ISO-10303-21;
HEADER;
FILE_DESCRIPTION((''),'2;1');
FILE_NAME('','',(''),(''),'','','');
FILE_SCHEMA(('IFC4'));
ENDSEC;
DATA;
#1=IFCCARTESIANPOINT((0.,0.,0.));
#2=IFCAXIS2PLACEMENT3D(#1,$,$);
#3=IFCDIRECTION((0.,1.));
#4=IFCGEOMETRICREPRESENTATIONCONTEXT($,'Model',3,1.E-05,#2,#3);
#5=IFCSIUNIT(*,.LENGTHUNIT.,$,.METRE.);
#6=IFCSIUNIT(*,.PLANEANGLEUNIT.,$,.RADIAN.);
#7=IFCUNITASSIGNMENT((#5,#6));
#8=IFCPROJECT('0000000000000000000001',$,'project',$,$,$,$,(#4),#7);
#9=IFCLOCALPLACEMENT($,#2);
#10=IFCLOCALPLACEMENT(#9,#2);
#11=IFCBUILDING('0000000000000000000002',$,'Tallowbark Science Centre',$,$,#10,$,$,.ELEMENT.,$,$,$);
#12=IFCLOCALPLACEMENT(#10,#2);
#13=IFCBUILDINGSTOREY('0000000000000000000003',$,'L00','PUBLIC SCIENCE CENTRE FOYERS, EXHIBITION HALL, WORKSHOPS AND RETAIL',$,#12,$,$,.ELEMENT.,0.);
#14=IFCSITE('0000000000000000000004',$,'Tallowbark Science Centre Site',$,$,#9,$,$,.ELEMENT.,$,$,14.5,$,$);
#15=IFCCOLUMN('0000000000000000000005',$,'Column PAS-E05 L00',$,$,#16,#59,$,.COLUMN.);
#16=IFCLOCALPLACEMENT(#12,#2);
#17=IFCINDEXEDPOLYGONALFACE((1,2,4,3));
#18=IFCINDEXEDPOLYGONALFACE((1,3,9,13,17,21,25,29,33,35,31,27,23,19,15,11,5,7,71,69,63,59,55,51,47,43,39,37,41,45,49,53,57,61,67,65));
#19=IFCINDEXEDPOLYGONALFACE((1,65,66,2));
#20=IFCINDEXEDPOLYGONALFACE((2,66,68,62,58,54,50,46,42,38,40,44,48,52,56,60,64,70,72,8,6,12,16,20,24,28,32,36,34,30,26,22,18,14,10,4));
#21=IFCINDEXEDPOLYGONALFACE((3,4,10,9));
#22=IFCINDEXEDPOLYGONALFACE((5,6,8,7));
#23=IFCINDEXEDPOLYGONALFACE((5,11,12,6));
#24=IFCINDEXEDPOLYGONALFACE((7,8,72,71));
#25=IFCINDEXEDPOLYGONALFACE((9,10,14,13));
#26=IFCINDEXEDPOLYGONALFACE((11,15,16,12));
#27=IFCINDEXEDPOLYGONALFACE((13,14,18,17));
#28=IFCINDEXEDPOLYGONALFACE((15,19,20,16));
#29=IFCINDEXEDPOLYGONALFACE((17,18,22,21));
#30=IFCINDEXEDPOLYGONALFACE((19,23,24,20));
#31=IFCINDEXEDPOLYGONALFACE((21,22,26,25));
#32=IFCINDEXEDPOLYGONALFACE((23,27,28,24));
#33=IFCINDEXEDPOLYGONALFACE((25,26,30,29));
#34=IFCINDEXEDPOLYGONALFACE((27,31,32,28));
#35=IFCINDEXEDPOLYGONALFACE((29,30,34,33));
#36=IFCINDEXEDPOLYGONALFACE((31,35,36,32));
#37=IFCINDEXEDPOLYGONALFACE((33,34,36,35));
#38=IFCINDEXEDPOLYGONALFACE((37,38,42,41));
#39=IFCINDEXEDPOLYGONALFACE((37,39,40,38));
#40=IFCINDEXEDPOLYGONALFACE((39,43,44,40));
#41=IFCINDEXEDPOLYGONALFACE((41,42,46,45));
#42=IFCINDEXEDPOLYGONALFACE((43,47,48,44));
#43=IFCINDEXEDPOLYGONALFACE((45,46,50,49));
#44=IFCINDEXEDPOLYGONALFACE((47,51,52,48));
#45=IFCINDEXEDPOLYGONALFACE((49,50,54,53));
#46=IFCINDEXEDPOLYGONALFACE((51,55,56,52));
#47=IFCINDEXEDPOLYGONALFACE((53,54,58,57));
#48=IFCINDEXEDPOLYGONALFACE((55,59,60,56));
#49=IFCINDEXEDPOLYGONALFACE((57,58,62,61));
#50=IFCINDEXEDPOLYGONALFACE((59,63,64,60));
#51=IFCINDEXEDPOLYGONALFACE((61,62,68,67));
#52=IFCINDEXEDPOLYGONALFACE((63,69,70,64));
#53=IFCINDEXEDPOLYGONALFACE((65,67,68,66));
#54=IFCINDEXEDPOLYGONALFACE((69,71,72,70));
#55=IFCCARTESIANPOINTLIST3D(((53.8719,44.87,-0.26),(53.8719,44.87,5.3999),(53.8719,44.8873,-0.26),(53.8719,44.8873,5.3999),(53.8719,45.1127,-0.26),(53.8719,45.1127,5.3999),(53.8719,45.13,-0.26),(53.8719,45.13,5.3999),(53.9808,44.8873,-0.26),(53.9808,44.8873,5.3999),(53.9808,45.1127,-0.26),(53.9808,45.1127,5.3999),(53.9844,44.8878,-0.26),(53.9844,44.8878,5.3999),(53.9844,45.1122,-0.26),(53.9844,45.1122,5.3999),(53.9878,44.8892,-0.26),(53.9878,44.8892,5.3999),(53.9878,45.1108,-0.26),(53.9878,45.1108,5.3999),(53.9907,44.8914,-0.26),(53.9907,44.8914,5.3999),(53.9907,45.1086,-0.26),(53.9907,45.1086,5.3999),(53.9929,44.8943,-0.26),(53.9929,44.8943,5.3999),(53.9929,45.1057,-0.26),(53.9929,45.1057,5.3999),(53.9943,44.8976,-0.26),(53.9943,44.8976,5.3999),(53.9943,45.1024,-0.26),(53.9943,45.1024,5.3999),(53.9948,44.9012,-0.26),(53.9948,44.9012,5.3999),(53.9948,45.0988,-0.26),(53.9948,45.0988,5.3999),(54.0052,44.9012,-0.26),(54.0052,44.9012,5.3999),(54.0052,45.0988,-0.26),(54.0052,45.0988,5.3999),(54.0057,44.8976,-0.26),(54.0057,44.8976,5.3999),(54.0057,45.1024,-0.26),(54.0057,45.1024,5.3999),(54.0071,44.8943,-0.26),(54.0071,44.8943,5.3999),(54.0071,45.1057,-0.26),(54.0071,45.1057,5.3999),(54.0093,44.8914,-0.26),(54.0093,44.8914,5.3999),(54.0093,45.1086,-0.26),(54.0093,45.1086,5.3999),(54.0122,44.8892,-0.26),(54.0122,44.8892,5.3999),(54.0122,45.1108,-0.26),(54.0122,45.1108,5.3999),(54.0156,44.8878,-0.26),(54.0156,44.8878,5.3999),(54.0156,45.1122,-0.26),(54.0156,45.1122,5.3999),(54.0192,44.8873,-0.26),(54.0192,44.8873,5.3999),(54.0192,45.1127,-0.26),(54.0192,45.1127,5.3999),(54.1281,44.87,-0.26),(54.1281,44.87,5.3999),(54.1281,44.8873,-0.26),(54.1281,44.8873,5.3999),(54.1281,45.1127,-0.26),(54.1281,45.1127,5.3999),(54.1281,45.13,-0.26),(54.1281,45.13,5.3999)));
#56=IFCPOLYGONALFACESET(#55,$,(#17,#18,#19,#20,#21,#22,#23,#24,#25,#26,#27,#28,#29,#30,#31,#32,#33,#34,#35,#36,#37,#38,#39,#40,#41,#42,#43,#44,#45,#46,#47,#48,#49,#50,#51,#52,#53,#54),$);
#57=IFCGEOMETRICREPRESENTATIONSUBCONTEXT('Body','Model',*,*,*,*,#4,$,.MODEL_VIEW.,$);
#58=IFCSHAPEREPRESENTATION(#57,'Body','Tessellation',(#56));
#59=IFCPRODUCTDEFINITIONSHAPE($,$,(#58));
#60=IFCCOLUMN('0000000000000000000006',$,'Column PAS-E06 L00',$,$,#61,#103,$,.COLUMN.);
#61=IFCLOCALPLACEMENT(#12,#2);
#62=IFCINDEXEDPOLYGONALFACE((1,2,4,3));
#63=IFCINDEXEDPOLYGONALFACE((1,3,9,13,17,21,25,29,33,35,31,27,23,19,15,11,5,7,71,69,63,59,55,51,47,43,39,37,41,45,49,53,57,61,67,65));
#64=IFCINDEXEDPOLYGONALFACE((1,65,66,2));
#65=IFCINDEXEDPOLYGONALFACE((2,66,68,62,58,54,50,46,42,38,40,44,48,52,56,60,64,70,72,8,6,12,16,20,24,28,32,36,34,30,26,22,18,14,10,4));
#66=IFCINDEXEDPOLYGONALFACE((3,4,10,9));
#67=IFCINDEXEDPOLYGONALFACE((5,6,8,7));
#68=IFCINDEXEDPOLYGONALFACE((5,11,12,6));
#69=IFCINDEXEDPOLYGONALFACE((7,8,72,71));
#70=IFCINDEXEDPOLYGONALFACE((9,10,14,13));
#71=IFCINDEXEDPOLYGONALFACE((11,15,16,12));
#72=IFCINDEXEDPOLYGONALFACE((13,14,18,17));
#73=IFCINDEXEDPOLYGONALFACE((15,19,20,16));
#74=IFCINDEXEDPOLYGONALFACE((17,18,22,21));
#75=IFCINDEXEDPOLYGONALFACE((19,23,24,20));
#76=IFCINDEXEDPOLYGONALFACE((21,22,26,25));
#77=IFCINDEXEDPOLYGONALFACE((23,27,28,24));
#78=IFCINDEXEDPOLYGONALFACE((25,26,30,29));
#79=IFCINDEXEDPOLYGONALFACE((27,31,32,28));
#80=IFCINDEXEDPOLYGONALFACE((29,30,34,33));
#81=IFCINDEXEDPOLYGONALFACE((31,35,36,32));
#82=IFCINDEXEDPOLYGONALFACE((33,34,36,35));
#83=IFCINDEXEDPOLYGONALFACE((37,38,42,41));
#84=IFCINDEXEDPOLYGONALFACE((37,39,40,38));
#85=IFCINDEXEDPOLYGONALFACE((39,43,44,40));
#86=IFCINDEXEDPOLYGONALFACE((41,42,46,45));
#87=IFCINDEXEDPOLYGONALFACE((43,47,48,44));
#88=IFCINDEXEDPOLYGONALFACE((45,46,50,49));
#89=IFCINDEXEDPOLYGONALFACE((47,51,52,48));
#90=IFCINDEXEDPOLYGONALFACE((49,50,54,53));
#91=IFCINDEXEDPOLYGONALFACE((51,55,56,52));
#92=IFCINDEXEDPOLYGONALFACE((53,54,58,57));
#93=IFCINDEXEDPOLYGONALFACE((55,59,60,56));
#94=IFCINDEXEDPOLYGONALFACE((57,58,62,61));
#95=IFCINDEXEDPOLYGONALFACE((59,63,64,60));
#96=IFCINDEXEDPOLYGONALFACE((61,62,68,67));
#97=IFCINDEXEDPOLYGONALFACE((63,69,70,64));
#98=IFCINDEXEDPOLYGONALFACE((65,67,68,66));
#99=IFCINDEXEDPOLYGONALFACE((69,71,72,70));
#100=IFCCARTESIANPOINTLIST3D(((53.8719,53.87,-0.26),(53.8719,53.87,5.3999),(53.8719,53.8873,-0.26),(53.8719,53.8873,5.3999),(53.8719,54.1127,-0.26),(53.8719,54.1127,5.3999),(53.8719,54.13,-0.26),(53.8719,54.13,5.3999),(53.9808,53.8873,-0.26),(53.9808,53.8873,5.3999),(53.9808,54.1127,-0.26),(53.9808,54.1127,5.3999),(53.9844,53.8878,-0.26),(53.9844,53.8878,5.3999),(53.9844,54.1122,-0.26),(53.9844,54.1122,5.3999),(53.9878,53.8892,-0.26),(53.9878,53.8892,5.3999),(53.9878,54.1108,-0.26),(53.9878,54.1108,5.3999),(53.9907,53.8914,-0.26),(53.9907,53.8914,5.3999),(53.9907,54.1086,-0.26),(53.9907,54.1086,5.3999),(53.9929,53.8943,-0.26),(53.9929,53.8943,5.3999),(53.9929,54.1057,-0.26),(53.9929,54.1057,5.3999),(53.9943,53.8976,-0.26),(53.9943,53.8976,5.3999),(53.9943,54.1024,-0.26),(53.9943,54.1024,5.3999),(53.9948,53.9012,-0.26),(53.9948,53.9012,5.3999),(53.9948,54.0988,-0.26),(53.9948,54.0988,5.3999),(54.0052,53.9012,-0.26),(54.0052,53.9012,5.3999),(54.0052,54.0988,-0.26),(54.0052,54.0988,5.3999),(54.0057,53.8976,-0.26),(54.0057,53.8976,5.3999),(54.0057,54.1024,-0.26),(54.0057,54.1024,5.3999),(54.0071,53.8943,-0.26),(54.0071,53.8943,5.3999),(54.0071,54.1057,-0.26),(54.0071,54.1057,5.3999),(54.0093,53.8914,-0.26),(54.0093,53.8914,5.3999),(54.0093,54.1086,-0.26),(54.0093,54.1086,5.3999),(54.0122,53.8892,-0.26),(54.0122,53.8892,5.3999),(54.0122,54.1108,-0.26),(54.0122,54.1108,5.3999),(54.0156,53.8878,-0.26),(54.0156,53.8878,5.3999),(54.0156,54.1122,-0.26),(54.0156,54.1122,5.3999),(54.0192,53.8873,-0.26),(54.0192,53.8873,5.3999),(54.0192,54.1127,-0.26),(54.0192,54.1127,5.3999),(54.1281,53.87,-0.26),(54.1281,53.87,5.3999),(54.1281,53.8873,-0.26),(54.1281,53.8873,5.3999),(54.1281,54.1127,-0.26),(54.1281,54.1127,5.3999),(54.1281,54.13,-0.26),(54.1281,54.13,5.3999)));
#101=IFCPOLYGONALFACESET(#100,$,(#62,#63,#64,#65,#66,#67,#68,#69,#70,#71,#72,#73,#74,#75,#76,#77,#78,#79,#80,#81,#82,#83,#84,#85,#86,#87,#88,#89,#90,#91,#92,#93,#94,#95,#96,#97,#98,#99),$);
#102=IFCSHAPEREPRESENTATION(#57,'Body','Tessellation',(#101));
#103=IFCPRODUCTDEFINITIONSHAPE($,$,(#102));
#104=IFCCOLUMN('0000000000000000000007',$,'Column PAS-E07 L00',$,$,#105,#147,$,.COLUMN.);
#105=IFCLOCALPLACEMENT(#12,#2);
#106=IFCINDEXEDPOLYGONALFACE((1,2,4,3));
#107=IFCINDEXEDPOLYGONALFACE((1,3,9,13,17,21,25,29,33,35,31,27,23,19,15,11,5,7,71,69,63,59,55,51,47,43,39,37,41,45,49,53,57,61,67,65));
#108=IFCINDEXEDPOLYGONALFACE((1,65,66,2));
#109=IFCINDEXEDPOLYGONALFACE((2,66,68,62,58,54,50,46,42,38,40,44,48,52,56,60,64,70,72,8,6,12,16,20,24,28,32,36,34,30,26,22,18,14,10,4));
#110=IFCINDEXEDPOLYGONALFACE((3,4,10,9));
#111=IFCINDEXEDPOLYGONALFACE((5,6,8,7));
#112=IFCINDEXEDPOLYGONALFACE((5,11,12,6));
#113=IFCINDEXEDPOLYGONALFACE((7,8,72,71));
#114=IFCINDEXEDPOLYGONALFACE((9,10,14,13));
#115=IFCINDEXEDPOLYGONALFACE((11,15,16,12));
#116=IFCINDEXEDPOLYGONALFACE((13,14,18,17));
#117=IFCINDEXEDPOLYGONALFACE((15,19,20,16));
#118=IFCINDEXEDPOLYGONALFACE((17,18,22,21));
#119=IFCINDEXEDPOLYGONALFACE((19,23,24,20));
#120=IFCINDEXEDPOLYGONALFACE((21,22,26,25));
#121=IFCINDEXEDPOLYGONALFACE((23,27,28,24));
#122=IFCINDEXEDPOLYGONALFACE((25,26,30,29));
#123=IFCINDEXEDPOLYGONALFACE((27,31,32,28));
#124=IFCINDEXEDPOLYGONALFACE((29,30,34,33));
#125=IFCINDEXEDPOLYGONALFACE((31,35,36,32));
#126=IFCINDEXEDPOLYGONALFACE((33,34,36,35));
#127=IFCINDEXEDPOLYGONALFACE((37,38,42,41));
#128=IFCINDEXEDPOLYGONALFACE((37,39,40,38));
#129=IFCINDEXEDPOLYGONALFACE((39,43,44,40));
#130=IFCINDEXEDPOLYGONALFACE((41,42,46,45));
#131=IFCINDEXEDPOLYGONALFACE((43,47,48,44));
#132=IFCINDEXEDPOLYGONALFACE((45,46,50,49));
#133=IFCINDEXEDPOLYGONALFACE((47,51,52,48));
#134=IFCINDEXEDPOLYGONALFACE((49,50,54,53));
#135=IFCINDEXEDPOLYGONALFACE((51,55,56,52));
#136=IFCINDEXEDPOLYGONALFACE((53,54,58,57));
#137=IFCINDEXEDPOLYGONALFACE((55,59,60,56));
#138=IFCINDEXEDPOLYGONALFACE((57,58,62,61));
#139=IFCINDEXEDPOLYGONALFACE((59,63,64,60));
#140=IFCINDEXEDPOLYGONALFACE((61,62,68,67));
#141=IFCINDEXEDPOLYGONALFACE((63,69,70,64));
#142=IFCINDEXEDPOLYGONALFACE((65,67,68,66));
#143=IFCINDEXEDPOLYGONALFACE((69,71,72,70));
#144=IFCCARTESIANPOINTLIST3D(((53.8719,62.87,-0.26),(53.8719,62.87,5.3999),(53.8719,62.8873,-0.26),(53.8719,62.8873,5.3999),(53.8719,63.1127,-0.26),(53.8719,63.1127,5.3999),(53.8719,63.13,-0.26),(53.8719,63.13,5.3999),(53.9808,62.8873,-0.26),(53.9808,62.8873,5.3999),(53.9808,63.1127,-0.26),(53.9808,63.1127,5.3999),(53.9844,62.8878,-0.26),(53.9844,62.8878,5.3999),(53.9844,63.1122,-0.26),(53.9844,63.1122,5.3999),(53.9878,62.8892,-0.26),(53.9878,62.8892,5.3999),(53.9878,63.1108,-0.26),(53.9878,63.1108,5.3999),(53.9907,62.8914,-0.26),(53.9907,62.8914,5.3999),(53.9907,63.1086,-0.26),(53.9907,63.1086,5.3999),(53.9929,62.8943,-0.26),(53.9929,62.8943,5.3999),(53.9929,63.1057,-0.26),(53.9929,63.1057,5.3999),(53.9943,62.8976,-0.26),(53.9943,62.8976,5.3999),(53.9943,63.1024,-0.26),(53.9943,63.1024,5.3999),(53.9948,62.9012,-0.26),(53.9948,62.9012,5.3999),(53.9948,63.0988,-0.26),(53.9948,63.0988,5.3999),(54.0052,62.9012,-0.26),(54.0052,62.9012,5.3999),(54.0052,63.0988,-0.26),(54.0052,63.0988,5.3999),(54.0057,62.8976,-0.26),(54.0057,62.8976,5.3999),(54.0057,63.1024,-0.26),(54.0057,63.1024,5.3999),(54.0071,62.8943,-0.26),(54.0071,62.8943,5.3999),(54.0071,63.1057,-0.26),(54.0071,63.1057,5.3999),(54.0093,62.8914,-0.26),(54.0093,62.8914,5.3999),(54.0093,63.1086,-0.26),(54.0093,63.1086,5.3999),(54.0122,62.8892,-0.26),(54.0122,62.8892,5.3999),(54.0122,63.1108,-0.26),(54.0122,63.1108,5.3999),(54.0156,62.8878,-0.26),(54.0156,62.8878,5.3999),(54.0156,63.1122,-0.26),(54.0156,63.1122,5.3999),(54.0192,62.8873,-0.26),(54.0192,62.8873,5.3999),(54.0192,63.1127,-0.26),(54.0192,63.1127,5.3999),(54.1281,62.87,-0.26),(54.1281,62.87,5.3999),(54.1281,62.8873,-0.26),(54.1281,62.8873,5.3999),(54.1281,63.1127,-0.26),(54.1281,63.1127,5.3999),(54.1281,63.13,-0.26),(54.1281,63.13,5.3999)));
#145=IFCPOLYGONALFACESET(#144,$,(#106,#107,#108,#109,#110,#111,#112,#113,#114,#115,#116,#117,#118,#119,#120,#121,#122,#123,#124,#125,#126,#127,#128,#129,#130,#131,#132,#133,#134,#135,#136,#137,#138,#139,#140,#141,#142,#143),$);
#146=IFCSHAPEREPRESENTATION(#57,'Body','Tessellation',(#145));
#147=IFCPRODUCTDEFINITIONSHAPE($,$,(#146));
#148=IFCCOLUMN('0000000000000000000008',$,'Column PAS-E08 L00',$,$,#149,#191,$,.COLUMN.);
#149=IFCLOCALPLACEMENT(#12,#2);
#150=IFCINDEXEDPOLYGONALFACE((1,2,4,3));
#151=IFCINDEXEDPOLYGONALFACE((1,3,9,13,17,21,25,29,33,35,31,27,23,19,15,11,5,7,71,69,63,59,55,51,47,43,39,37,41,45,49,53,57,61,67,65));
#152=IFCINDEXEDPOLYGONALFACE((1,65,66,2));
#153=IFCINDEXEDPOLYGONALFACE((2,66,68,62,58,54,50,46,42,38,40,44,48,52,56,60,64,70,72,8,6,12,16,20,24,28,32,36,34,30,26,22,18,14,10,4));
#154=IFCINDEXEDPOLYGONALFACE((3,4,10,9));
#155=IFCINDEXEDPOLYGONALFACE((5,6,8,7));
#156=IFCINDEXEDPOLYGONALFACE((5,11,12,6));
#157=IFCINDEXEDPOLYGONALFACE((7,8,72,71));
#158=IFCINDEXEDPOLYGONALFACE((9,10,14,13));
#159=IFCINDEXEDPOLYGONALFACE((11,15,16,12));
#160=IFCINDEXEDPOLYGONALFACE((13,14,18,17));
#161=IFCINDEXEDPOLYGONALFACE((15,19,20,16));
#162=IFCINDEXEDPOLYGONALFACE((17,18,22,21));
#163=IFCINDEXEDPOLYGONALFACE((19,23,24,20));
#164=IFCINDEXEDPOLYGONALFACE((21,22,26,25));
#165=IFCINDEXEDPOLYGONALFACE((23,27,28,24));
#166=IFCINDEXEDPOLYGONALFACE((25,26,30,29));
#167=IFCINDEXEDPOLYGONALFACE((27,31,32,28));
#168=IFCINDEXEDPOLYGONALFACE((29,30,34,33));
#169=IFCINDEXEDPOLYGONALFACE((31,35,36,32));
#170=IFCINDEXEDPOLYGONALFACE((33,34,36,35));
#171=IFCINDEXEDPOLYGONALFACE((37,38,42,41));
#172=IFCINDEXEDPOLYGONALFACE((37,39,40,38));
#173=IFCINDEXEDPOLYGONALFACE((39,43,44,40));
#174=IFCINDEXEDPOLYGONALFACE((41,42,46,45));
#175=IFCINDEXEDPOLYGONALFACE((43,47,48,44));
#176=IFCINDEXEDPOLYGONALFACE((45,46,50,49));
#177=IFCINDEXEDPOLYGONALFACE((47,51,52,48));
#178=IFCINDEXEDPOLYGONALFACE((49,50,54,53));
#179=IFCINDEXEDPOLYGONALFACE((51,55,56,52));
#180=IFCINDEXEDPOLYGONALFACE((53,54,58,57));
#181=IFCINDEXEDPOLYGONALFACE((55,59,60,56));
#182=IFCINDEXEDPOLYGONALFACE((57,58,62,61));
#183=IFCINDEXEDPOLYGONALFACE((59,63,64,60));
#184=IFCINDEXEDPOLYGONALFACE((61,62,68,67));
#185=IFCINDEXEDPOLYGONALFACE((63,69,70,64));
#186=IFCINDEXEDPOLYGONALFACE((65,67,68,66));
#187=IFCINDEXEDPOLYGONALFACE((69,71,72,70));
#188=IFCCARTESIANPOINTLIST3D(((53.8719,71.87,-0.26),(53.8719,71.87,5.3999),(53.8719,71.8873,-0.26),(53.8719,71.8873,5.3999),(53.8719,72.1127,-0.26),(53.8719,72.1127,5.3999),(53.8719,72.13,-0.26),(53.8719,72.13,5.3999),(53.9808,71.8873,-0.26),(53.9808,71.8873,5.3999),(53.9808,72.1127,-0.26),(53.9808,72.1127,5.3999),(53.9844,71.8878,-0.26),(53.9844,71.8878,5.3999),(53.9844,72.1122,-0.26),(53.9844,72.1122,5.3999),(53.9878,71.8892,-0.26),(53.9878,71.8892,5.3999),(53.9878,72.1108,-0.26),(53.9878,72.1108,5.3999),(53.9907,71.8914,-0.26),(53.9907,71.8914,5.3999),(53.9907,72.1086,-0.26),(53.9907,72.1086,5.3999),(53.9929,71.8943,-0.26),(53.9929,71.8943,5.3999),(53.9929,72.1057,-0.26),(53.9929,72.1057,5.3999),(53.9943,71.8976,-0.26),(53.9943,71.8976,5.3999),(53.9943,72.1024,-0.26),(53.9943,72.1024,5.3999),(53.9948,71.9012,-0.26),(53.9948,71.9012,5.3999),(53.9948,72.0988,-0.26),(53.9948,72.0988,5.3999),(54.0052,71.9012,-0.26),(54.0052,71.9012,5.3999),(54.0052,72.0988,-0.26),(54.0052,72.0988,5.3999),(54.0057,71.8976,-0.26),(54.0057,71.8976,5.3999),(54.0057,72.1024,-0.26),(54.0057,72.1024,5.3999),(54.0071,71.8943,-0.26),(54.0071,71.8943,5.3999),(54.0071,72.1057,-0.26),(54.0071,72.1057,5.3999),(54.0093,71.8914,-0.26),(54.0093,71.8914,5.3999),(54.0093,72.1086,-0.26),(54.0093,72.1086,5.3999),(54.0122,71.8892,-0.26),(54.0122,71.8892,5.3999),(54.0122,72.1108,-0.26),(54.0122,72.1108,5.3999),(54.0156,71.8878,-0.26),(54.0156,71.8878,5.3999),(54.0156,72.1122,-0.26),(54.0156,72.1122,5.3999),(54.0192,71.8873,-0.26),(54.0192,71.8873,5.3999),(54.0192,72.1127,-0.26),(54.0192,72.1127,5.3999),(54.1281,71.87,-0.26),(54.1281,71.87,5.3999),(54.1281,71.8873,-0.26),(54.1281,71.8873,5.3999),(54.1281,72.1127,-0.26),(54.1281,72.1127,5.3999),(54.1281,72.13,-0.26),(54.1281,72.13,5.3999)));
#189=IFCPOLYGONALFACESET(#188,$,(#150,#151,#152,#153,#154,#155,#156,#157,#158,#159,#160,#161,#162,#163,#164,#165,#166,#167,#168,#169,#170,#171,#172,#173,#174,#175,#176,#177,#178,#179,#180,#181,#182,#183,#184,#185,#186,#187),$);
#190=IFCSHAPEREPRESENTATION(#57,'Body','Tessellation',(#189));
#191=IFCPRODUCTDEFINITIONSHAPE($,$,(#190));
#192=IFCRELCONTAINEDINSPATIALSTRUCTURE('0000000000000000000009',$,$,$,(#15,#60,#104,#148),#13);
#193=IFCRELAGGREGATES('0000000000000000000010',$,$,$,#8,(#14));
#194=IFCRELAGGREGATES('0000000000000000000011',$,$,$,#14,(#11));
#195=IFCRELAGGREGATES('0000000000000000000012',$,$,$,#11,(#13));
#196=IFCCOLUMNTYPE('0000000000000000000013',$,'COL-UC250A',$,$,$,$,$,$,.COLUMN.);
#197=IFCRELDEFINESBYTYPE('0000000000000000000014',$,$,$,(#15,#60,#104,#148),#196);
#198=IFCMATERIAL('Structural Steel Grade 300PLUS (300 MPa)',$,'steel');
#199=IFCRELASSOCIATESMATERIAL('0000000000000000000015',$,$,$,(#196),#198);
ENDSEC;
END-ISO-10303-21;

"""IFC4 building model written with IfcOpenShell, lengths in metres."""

from ifc_helpers import new_model, si_unit, direction, frame, origin, origin_2d, place, context, subcontext, project, spatial, i_section, extrude, material, material_profile, profile_set, type_object, element, save


model = new_model("IFC4")

# Units and contexts
model_context = context("Model", 3, precision=1e-05, world=origin(), true_north=direction((0.0, 1.0)))
body_context = subcontext(model_context, "Body", "Model", "MODEL_VIEW")
ifc_project = project(units=[si_unit("LENGTHUNIT", "METRE"), si_unit("PLANEANGLEUNIT", "RADIAN")], contexts=[model_context])

# Site, building, storey
site_placement = place(None, origin())
site = spatial("IfcSite", under=ifc_project, at=site_placement, Name="Tallowbark Science Centre Site", CompositionType="ELEMENT", RefElevation=14.5)
building_placement = place(site_placement, origin())
building = spatial("IfcBuilding", under=site, at=building_placement, Name="Tallowbark Science Centre", CompositionType="ELEMENT")
storey_placement = place(building_placement, origin())
storey = spatial("IfcBuildingStorey", under=building, at=storey_placement, Name="L00", Description="PUBLIC SCIENCE CENTRE FOYERS, EXHIBITION HALL, WORKSHOPS AND RETAIL", CompositionType="ELEMENT", Elevation=0.0)

# Columns
ifc_material_1 = material(Name="Structural Steel Grade 300PLUS (300 MPa)", Category="steel")
ifc_material_profile_1 = material_profile(ifc_material_1, i_section(OverallWidth=0.2561, OverallDepth=0.26, WebThickness=0.0105, FlangeThickness=0.0173, FilletRadius=0.0139, at=origin_2d()), Name="250UC89.5")
ifc_profile_set_1 = profile_set([ifc_material_profile_1], Name="Structural Steel Grade 300PLUS (300 MPa)")
column_type_1 = type_object("IfcColumnType", Name="COL-UC250A", PredefinedType="COLUMN", material=ifc_profile_set_1)
for number, where, z_axis, x_axis, name in (
    (1, (54.0, 45.0, -0.26), (0.0, 0.0, 1.0), (1.0, 0.0, 0.0), "Column PAS-E05 L00"),
    (2, (54.0, 54.0, -0.26), (0.0, 0.0, 1.0), (1.0, 0.0, 0.0), "Column PAS-E06 L00"),
    (3, (54.0, 63.0, -0.26), (0.0, 0.0, 1.0), (1.0, 0.0, 0.0), "Column PAS-E07 L00"),
    (4, (54.0, 72.0, -0.26), (0.0, 0.0, 1.0), (1.0, 0.0, 0.0), "Column PAS-E08 L00"),
):
    element("IfcColumn", number, at=place(storey_placement, frame(where, z_axis=z_axis, x_axis=x_axis)), inside=storey, type_object=column_type_1, Name=name, PredefinedType="COLUMN", context=body_context, shape_type="SweptSolid", body=[
        extrude(i_section(OverallWidth=0.2561, OverallDepth=0.26, WebThickness=0.0105, FlangeThickness=0.0173, FilletRadius=0.0139, at=origin_2d()), origin(), (0.0, 0.0, 1.0), 5.6599),
    ])

save(model, "model.ifc")
